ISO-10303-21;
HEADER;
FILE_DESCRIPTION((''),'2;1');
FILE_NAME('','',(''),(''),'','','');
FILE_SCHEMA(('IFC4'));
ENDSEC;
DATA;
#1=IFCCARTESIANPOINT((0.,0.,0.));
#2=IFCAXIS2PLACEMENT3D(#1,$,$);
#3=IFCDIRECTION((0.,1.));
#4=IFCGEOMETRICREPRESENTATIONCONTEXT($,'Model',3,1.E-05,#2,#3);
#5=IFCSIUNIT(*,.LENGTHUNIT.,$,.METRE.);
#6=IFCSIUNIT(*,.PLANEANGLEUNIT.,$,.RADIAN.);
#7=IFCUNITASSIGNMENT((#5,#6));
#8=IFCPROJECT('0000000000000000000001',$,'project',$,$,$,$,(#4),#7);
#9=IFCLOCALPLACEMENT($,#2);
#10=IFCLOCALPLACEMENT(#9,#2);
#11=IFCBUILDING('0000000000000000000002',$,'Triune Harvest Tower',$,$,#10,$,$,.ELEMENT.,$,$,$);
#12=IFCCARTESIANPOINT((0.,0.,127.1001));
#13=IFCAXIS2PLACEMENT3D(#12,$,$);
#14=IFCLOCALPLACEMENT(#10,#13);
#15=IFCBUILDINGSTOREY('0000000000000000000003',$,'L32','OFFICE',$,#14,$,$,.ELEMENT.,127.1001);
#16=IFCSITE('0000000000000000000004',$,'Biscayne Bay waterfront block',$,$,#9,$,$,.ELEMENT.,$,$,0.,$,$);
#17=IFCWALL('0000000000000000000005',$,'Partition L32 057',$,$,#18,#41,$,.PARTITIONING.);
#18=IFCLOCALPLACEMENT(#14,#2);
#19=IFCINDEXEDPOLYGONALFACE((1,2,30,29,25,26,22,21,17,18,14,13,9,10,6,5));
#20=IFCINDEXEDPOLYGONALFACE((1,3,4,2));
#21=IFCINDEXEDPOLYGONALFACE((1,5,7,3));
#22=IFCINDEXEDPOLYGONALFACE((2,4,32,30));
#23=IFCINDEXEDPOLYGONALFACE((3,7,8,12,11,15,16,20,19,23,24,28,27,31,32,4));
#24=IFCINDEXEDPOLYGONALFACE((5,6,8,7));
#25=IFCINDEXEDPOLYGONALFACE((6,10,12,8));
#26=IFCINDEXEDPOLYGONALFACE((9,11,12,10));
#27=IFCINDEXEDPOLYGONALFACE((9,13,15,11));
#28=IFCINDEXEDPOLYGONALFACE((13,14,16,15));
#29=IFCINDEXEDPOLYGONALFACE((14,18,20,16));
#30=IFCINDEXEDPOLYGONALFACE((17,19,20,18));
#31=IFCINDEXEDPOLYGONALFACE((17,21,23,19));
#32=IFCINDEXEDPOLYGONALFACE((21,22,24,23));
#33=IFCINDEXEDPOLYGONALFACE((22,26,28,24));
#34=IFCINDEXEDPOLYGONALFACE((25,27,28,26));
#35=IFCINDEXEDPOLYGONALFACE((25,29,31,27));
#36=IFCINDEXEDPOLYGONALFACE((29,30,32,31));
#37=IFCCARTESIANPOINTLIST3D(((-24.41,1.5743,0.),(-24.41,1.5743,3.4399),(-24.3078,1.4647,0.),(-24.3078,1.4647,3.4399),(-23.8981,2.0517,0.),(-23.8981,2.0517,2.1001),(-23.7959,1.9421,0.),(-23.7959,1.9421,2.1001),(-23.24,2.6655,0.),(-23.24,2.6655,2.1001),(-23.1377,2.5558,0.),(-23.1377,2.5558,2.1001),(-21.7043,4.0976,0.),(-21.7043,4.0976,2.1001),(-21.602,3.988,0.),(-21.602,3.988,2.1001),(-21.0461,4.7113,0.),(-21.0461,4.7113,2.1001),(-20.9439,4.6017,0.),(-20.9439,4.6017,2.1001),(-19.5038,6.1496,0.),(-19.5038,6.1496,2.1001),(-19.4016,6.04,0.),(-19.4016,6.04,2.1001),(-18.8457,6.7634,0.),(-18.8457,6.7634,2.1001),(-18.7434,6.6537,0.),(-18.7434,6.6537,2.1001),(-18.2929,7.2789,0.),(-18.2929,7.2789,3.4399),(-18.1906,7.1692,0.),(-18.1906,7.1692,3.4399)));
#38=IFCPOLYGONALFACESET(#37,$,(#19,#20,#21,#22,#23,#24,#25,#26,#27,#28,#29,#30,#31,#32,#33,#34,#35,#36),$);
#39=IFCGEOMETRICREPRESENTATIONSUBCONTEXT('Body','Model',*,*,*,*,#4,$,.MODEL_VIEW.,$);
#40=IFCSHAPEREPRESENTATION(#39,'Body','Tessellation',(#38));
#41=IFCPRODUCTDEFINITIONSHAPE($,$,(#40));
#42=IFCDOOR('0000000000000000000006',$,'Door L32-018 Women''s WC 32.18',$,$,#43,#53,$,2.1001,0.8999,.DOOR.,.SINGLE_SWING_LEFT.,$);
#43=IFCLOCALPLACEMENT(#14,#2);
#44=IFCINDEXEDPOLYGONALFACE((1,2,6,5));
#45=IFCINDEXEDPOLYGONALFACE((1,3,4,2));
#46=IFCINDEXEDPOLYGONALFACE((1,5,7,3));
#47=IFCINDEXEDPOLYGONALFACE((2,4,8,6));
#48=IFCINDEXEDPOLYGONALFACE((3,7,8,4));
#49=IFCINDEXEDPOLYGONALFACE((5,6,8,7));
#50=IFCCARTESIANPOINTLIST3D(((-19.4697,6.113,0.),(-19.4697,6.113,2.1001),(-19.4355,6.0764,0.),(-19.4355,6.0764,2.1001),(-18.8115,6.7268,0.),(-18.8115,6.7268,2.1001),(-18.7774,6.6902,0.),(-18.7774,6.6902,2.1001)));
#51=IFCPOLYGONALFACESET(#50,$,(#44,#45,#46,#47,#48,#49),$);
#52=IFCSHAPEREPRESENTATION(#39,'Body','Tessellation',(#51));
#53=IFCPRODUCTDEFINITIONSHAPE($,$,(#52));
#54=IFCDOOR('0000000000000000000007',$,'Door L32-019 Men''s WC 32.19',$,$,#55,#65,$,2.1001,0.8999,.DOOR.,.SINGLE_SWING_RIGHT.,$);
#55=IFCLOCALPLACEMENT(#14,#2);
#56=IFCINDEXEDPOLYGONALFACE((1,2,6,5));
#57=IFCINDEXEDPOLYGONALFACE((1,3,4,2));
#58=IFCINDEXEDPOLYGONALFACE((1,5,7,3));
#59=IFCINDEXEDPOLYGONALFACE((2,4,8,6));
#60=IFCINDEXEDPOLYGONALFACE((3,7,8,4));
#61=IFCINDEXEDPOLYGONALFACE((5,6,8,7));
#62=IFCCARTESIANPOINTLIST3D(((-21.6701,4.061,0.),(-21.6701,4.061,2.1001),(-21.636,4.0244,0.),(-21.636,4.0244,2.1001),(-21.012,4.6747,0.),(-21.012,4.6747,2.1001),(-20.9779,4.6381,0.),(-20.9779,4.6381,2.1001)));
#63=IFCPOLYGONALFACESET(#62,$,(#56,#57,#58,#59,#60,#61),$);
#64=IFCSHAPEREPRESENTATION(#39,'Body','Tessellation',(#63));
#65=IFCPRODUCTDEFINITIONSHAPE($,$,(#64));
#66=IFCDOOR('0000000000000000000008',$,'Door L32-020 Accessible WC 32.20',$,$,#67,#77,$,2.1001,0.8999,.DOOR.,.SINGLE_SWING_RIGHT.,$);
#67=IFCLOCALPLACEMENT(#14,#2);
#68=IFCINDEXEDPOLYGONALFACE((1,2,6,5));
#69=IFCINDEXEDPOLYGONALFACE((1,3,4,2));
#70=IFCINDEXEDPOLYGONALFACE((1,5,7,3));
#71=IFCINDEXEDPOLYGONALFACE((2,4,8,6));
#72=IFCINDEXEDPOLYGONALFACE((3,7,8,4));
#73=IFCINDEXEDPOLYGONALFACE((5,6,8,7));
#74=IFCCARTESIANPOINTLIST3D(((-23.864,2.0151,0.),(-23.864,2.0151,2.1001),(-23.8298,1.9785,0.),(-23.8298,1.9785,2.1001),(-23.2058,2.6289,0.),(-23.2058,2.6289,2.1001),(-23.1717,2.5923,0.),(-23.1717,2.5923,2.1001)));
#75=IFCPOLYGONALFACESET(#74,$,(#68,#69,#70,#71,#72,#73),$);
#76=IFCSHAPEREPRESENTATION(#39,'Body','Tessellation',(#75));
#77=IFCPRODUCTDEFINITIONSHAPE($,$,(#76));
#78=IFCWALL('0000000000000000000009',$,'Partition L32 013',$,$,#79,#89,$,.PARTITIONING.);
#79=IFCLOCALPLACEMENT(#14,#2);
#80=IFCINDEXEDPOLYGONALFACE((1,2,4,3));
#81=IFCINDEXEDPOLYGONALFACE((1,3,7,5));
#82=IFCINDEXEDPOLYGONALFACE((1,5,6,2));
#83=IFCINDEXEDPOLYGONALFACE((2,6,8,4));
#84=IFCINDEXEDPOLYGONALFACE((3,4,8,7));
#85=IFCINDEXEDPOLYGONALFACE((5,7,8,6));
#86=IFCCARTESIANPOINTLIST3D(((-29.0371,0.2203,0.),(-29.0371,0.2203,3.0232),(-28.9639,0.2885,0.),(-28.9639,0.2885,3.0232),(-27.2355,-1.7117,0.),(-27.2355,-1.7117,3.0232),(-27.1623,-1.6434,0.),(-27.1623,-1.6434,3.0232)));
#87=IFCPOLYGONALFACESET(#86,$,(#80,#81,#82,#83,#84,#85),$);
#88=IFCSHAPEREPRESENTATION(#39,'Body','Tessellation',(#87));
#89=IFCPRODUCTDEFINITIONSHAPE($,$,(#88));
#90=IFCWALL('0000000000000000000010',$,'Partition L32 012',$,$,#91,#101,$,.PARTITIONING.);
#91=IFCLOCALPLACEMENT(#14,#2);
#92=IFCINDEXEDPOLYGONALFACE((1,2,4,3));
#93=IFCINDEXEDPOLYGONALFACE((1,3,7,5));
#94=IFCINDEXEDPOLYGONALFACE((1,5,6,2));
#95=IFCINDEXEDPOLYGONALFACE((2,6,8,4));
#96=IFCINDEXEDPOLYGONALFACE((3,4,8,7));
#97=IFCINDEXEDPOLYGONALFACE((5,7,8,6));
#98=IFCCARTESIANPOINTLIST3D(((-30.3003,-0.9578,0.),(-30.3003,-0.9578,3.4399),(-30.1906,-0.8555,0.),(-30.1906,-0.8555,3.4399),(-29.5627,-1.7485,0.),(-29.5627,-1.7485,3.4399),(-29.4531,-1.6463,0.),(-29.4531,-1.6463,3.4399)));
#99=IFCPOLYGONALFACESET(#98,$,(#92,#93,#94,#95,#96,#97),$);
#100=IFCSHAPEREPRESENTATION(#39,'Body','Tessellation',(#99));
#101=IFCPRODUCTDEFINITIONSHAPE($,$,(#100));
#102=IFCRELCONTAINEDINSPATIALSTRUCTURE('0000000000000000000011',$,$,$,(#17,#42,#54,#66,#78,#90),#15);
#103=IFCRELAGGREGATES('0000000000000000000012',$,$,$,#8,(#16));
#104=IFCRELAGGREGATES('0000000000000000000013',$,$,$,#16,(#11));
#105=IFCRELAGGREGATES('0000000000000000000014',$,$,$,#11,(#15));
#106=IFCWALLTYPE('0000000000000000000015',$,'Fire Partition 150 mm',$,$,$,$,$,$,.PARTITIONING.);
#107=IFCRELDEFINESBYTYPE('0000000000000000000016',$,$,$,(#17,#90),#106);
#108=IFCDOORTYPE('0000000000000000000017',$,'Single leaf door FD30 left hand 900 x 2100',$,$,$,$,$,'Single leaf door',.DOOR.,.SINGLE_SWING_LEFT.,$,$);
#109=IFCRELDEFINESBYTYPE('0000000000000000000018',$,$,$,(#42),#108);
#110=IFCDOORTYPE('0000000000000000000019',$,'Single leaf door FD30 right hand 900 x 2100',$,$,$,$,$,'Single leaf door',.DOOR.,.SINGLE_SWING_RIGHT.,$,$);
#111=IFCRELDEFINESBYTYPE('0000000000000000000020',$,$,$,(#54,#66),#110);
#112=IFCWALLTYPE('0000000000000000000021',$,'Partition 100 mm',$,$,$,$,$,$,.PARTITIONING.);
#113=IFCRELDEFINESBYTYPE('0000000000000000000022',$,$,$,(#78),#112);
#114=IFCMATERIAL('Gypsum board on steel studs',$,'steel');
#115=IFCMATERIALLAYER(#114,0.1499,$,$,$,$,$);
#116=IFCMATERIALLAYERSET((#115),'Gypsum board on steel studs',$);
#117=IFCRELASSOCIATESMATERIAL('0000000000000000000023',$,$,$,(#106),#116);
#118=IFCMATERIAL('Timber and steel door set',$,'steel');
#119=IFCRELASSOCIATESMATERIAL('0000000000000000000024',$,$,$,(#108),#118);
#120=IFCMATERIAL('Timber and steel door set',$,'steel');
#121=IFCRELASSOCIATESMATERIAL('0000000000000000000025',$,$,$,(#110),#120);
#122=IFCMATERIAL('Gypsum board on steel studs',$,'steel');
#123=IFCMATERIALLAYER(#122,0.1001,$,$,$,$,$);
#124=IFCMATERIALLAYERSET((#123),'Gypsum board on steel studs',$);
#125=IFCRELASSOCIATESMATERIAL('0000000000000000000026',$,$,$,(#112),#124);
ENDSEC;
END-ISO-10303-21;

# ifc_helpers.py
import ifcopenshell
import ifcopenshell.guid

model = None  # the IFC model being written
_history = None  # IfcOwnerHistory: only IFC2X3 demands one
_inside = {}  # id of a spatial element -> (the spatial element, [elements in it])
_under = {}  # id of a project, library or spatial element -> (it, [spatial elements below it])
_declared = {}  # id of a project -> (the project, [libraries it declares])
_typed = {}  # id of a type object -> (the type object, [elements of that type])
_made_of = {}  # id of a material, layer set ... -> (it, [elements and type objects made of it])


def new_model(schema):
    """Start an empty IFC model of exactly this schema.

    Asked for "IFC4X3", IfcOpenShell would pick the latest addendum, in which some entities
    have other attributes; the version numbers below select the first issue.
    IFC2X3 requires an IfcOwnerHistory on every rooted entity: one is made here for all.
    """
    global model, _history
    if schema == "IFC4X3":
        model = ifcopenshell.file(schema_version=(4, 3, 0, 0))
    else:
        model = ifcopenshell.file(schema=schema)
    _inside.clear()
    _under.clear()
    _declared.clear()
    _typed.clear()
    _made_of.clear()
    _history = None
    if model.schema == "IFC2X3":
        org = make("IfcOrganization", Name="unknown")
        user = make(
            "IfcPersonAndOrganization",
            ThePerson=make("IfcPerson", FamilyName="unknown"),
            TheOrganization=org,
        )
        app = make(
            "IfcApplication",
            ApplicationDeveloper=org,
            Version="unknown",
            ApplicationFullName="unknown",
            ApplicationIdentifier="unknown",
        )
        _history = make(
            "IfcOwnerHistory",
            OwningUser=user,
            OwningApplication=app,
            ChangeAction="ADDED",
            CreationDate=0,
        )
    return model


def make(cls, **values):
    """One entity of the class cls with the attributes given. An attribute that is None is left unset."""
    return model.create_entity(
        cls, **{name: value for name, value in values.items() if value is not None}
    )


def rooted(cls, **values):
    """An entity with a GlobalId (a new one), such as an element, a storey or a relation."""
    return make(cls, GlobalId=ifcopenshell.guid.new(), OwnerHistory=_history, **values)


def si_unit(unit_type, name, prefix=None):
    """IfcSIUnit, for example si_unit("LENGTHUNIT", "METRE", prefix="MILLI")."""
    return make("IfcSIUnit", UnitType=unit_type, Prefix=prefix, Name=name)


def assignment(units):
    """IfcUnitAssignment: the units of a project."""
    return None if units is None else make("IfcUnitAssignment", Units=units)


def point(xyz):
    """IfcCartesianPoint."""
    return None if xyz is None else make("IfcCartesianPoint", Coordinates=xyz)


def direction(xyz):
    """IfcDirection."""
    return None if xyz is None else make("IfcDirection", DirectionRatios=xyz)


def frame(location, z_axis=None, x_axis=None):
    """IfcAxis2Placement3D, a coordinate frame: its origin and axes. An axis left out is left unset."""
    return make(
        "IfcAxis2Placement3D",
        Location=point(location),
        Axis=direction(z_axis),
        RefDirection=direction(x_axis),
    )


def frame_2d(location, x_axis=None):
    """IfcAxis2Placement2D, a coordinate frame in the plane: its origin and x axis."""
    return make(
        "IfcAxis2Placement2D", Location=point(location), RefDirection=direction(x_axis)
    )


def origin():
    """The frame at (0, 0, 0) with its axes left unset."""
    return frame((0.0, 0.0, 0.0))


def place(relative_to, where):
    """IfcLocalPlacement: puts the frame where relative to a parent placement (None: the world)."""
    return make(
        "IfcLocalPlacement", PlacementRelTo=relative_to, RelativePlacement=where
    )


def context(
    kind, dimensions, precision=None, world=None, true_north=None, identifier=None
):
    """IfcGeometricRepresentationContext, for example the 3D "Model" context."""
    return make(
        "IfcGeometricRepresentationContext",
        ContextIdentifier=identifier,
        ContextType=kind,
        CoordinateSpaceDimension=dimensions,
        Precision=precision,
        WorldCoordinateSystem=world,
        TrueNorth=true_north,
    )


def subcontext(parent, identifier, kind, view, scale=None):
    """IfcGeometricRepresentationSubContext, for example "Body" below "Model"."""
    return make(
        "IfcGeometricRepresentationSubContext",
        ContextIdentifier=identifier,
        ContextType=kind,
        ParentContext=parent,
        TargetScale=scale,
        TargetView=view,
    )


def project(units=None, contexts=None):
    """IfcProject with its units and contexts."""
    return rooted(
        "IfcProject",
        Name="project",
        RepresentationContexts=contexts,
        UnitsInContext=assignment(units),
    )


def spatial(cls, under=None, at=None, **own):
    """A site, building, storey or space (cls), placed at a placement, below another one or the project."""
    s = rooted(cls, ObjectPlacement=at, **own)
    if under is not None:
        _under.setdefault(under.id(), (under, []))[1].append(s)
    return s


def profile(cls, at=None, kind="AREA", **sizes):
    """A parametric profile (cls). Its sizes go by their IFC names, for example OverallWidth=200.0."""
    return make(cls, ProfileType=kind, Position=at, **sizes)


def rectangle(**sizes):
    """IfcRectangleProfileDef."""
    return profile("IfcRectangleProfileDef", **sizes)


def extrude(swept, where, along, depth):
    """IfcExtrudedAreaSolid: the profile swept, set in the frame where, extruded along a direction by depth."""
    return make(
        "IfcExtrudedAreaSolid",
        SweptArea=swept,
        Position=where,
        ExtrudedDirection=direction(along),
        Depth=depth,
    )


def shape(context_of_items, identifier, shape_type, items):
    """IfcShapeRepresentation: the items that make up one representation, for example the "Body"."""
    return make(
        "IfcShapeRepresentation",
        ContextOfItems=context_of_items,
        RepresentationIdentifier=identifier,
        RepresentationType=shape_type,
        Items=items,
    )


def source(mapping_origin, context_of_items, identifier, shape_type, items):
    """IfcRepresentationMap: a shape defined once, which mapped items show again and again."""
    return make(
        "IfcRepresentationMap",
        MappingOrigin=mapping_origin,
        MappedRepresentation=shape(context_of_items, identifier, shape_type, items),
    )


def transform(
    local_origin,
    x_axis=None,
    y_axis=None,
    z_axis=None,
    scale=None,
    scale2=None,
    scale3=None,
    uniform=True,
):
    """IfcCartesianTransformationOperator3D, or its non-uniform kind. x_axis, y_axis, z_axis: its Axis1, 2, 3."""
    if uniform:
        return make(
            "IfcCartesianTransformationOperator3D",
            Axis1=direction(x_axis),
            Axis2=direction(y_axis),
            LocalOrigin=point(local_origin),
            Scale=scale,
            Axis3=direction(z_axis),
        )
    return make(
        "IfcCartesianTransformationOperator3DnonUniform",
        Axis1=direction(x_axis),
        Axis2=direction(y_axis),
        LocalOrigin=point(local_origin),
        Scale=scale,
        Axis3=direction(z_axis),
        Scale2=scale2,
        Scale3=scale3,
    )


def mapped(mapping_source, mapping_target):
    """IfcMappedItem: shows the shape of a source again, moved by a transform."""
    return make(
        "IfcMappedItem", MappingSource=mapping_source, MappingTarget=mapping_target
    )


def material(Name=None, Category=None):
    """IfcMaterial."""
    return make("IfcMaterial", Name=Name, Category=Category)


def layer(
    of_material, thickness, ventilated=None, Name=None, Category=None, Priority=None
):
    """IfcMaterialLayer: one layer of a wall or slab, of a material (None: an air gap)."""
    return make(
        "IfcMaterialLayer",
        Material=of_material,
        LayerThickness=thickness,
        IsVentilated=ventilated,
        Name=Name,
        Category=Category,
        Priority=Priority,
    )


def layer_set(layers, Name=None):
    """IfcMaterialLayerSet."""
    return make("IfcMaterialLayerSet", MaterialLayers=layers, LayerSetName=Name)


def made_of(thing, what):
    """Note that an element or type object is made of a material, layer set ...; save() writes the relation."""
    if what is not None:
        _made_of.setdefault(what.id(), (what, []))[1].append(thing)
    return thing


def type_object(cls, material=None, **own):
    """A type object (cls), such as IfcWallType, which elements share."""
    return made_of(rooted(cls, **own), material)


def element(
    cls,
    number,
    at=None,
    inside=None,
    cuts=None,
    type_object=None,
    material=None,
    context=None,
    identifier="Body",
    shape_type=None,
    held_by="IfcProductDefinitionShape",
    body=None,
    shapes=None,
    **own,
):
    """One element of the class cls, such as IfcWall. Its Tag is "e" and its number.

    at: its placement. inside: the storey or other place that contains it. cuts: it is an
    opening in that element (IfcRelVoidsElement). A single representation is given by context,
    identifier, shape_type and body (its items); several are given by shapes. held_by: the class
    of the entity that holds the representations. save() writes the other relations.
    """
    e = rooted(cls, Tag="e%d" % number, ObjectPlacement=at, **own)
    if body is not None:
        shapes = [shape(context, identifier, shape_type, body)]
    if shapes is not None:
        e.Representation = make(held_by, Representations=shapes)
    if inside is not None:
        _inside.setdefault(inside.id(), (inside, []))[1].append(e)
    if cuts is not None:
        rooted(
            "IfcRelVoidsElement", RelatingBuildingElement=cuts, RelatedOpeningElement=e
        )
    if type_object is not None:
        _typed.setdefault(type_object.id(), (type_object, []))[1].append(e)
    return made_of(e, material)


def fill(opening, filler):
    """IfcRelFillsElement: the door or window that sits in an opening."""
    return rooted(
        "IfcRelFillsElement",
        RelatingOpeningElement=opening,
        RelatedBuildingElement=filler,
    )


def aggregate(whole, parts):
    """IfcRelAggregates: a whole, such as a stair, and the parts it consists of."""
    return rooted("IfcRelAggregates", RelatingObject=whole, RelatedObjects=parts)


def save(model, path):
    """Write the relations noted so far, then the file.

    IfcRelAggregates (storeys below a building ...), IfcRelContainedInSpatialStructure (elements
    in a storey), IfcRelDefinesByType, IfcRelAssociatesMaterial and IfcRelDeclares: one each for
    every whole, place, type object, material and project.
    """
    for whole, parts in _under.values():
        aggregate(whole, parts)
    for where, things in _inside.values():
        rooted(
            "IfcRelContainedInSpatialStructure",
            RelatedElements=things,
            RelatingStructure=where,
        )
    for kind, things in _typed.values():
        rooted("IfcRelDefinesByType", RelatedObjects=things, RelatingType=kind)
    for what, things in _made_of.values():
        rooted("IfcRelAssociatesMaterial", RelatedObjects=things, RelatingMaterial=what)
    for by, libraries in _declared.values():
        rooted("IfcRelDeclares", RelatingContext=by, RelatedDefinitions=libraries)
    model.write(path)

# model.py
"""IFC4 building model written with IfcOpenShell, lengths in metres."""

from ifc_helpers import new_model, si_unit, direction, frame, frame_2d, origin, place, context, subcontext, project, spatial, rectangle, extrude, source, transform, mapped, material, layer, layer_set, type_object, element, fill, save


model = new_model("IFC4")

# Units and contexts
model_context = context("Model", 3, precision=1e-05, world=origin(), true_north=direction((0.0, 1.0)))
body_context = subcontext(model_context, "Body", "Model", "MODEL_VIEW")
ifc_project = project(units=[si_unit("LENGTHUNIT", "METRE"), si_unit("PLANEANGLEUNIT", "RADIAN")], contexts=[model_context])

# Site, building, storey
site_placement = place(None, origin())
site = spatial("IfcSite", under=ifc_project, at=site_placement, Name="Biscayne Bay waterfront block", CompositionType="ELEMENT", RefElevation=0.0)
building_placement = place(site_placement, origin())
building = spatial("IfcBuilding", under=site, at=building_placement, Name="Triune Harvest Tower", CompositionType="ELEMENT")
storey_placement = place(building_placement, frame((0.0, 0.0, 127.1001)))
storey = spatial("IfcBuildingStorey", under=building, at=storey_placement, Name="L32", Description="OFFICE", CompositionType="ELEMENT", Elevation=127.1001)

# Shared definitions
ifc_material_1 = material(Name="Gypsum board on steel studs", Category="steel")
ifc_layer_1 = layer(ifc_material_1, 0.1499)
ifc_layer_set_1 = layer_set([ifc_layer_1], Name="Gypsum board on steel studs")
wall_type_1 = type_object("IfcWallType", Name="Fire Partition 150 mm", PredefinedType="PARTITIONING", material=ifc_layer_set_1)

# Wall, openings, doors
wall_1_placement = place(storey_placement, frame((-24.3589, 1.5195, 0.0), z_axis=(0.0, 0.0, 1.0), x_axis=(0.731341, 0.682012, 0.0)))
wall_1 = element("IfcWall", 1, at=wall_1_placement, inside=storey, type_object=wall_type_1, Name="Partition L32 057", PredefinedType="PARTITIONING", context=body_context, shape_type="SweptSolid", body=[
    extrude(rectangle(XDim=8.3643, YDim=0.1499, at=frame_2d((4.1821, 0.0))), origin(), (0.0, 0.0, 1.0), 3.4399),
])
opening_1_placement = place(wall_1_placement, frame((6.7085, 0.0, 0.0)))
opening_1 = element("IfcOpeningElement", 2, at=opening_1_placement, cuts=wall_1, PredefinedType="OPENING", context=body_context, shape_type="SweptSolid", body=[
    extrude(rectangle(XDim=0.8999, YDim=2.1001, at=frame_2d((0.45, 1.05))), frame((0.0, 0.085, 0.0), z_axis=(0.0, -1.0, 0.0), x_axis=(1.0, 0.0, 0.0)), (0.0, 0.0, 1.0), 0.1699),
])
opening_2_placement = place(wall_1_placement, frame((3.6997, 0.0, 0.0)))
opening_2 = element("IfcOpeningElement", 3, at=opening_2_placement, cuts=wall_1, PredefinedType="OPENING", context=body_context, shape_type="SweptSolid", body=[
    extrude(rectangle(XDim=0.8999, YDim=2.1001, at=frame_2d((0.45, 1.05))), frame((0.0, 0.085, 0.0), z_axis=(0.0, -1.0, 0.0), x_axis=(1.0, 0.0, 0.0)), (0.0, 0.0, 1.0), 0.1699),
])
opening_3_placement = place(wall_1_placement, frame((0.7, 0.0, 0.0)))
opening_3 = element("IfcOpeningElement", 4, at=opening_3_placement, cuts=wall_1, PredefinedType="OPENING", context=body_context, shape_type="SweptSolid", body=[
    extrude(rectangle(XDim=0.8999, YDim=2.1001, at=frame_2d((0.45, 1.05))), frame((0.0, 0.085, 0.0), z_axis=(0.0, -1.0, 0.0), x_axis=(1.0, 0.0, 0.0)), (0.0, 0.0, 1.0), 0.1699),
])
ifc_material_2 = material(Name="Timber and steel door set", Category="steel")
door_type_1 = type_object("IfcDoorType", Name="Single leaf door FD30 left hand 900 x 2100", ElementType="Single leaf door", OperationType="SINGLE_SWING_LEFT", PredefinedType="DOOR", material=ifc_material_2)
door_1_placement = place(opening_1_placement, origin())
door_1 = element("IfcDoor", 5, at=door_1_placement, inside=storey, type_object=door_type_1, Name="Door L32-018 Women's WC 32.18", OperationType="SINGLE_SWING_LEFT", OverallHeight=2.1001, OverallWidth=0.8999, PredefinedType="DOOR", context=body_context, shape_type="SweptSolid", body=[
    extrude(rectangle(XDim=0.8999, YDim=2.1001, at=frame_2d((0.45, 1.05))), frame((0.0, 0.0249, 0.0), z_axis=(0.0, -1.0, 0.0), x_axis=(1.0, 0.0, 0.0)), (0.0, 0.0, 1.0), 0.05),
])
fill(opening_1, door_1)
ifc_material_3 = material(Name="Timber and steel door set", Category="steel")
door_type_2 = type_object("IfcDoorType", Name="Single leaf door FD30 right hand 900 x 2100", ElementType="Single leaf door", OperationType="SINGLE_SWING_RIGHT", PredefinedType="DOOR", material=ifc_material_3)
door_2_placement = place(opening_2_placement, origin())
door_2 = element("IfcDoor", 6, at=door_2_placement, inside=storey, type_object=door_type_2, Name="Door L32-019 Men's WC 32.19", OperationType="SINGLE_SWING_RIGHT", OverallHeight=2.1001, OverallWidth=0.8999, PredefinedType="DOOR", context=body_context, shape_type="SweptSolid", body=[
    extrude(rectangle(XDim=0.8999, YDim=2.1001, at=frame_2d((0.45, 1.05))), frame((0.0, 0.0249, 0.0), z_axis=(0.0, -1.0, 0.0), x_axis=(1.0, 0.0, 0.0)), (0.0, 0.0, 1.0), 0.05),
])
fill(opening_2, door_2)
door_3_placement = place(opening_3_placement, origin())
door_3 = element("IfcDoor", 7, at=door_3_placement, inside=storey, type_object=door_type_2, Name="Door L32-020 Accessible WC 32.20", OperationType="SINGLE_SWING_RIGHT", OverallHeight=2.1001, OverallWidth=0.8999, PredefinedType="DOOR", context=body_context, shape_type="SweptSolid", body=[
    extrude(rectangle(XDim=0.8999, YDim=2.1001, at=frame_2d((0.45, 1.05))), frame((0.0, 0.0249, 0.0), z_axis=(0.0, -1.0, 0.0), x_axis=(1.0, 0.0, 0.0)), (0.0, 0.0, 1.0), 0.05),
])
fill(opening_3, door_3)

# Walls
ifc_material_4 = material(Name="Gypsum board on steel studs", Category="steel")
ifc_layer_2 = layer(ifc_material_4, 0.1001)
ifc_layer_set_2 = layer_set([ifc_layer_2], Name="Gypsum board on steel studs")
wall_type_2 = type_object("IfcWallType", Name="Partition 100 mm", PredefinedType="PARTITIONING", material=ifc_layer_set_2)
wall_2_placement = place(storey_placement, frame((-29.0005, 0.2544, 0.0), z_axis=(0.0, 0.0, 1.0), x_axis=(0.681999, -0.731353, 0.0)))
element("IfcWall", 8, at=wall_2_placement, inside=storey, type_object=wall_type_2, Name="Partition L32 013", PredefinedType="PARTITIONING", context=body_context, shape_type="SweptSolid", body=[
    extrude(rectangle(XDim=2.6416, YDim=0.1001, at=frame_2d((1.3208, 0.0))), origin(), (0.0, 0.0, 1.0), 3.0232),
])
shared_shape_1 = source(origin(), body_context, "Body", "SweptSolid", [
    extrude(rectangle(XDim=1.0813, YDim=0.1499, at=frame_2d((0.5405, 0.0))), origin(), (0.0, 0.0, 1.0), 3.4399),
])
wall_3_placement = place(storey_placement, frame((-30.2454, -0.9067, 0.0), z_axis=(0.0, 0.0, 1.0), x_axis=(0.682069, -0.731288, 0.0)))
element("IfcWall", 9, at=wall_3_placement, inside=storey, type_object=wall_type_1, Name="Partition L32 012", PredefinedType="PARTITIONING", context=body_context, shape_type="MappedRepresentation", body=[
    mapped(shared_shape_1, transform((0.0, 0.0, 0.0), scale=1.0)),
])

save(model, "model.ifc")
